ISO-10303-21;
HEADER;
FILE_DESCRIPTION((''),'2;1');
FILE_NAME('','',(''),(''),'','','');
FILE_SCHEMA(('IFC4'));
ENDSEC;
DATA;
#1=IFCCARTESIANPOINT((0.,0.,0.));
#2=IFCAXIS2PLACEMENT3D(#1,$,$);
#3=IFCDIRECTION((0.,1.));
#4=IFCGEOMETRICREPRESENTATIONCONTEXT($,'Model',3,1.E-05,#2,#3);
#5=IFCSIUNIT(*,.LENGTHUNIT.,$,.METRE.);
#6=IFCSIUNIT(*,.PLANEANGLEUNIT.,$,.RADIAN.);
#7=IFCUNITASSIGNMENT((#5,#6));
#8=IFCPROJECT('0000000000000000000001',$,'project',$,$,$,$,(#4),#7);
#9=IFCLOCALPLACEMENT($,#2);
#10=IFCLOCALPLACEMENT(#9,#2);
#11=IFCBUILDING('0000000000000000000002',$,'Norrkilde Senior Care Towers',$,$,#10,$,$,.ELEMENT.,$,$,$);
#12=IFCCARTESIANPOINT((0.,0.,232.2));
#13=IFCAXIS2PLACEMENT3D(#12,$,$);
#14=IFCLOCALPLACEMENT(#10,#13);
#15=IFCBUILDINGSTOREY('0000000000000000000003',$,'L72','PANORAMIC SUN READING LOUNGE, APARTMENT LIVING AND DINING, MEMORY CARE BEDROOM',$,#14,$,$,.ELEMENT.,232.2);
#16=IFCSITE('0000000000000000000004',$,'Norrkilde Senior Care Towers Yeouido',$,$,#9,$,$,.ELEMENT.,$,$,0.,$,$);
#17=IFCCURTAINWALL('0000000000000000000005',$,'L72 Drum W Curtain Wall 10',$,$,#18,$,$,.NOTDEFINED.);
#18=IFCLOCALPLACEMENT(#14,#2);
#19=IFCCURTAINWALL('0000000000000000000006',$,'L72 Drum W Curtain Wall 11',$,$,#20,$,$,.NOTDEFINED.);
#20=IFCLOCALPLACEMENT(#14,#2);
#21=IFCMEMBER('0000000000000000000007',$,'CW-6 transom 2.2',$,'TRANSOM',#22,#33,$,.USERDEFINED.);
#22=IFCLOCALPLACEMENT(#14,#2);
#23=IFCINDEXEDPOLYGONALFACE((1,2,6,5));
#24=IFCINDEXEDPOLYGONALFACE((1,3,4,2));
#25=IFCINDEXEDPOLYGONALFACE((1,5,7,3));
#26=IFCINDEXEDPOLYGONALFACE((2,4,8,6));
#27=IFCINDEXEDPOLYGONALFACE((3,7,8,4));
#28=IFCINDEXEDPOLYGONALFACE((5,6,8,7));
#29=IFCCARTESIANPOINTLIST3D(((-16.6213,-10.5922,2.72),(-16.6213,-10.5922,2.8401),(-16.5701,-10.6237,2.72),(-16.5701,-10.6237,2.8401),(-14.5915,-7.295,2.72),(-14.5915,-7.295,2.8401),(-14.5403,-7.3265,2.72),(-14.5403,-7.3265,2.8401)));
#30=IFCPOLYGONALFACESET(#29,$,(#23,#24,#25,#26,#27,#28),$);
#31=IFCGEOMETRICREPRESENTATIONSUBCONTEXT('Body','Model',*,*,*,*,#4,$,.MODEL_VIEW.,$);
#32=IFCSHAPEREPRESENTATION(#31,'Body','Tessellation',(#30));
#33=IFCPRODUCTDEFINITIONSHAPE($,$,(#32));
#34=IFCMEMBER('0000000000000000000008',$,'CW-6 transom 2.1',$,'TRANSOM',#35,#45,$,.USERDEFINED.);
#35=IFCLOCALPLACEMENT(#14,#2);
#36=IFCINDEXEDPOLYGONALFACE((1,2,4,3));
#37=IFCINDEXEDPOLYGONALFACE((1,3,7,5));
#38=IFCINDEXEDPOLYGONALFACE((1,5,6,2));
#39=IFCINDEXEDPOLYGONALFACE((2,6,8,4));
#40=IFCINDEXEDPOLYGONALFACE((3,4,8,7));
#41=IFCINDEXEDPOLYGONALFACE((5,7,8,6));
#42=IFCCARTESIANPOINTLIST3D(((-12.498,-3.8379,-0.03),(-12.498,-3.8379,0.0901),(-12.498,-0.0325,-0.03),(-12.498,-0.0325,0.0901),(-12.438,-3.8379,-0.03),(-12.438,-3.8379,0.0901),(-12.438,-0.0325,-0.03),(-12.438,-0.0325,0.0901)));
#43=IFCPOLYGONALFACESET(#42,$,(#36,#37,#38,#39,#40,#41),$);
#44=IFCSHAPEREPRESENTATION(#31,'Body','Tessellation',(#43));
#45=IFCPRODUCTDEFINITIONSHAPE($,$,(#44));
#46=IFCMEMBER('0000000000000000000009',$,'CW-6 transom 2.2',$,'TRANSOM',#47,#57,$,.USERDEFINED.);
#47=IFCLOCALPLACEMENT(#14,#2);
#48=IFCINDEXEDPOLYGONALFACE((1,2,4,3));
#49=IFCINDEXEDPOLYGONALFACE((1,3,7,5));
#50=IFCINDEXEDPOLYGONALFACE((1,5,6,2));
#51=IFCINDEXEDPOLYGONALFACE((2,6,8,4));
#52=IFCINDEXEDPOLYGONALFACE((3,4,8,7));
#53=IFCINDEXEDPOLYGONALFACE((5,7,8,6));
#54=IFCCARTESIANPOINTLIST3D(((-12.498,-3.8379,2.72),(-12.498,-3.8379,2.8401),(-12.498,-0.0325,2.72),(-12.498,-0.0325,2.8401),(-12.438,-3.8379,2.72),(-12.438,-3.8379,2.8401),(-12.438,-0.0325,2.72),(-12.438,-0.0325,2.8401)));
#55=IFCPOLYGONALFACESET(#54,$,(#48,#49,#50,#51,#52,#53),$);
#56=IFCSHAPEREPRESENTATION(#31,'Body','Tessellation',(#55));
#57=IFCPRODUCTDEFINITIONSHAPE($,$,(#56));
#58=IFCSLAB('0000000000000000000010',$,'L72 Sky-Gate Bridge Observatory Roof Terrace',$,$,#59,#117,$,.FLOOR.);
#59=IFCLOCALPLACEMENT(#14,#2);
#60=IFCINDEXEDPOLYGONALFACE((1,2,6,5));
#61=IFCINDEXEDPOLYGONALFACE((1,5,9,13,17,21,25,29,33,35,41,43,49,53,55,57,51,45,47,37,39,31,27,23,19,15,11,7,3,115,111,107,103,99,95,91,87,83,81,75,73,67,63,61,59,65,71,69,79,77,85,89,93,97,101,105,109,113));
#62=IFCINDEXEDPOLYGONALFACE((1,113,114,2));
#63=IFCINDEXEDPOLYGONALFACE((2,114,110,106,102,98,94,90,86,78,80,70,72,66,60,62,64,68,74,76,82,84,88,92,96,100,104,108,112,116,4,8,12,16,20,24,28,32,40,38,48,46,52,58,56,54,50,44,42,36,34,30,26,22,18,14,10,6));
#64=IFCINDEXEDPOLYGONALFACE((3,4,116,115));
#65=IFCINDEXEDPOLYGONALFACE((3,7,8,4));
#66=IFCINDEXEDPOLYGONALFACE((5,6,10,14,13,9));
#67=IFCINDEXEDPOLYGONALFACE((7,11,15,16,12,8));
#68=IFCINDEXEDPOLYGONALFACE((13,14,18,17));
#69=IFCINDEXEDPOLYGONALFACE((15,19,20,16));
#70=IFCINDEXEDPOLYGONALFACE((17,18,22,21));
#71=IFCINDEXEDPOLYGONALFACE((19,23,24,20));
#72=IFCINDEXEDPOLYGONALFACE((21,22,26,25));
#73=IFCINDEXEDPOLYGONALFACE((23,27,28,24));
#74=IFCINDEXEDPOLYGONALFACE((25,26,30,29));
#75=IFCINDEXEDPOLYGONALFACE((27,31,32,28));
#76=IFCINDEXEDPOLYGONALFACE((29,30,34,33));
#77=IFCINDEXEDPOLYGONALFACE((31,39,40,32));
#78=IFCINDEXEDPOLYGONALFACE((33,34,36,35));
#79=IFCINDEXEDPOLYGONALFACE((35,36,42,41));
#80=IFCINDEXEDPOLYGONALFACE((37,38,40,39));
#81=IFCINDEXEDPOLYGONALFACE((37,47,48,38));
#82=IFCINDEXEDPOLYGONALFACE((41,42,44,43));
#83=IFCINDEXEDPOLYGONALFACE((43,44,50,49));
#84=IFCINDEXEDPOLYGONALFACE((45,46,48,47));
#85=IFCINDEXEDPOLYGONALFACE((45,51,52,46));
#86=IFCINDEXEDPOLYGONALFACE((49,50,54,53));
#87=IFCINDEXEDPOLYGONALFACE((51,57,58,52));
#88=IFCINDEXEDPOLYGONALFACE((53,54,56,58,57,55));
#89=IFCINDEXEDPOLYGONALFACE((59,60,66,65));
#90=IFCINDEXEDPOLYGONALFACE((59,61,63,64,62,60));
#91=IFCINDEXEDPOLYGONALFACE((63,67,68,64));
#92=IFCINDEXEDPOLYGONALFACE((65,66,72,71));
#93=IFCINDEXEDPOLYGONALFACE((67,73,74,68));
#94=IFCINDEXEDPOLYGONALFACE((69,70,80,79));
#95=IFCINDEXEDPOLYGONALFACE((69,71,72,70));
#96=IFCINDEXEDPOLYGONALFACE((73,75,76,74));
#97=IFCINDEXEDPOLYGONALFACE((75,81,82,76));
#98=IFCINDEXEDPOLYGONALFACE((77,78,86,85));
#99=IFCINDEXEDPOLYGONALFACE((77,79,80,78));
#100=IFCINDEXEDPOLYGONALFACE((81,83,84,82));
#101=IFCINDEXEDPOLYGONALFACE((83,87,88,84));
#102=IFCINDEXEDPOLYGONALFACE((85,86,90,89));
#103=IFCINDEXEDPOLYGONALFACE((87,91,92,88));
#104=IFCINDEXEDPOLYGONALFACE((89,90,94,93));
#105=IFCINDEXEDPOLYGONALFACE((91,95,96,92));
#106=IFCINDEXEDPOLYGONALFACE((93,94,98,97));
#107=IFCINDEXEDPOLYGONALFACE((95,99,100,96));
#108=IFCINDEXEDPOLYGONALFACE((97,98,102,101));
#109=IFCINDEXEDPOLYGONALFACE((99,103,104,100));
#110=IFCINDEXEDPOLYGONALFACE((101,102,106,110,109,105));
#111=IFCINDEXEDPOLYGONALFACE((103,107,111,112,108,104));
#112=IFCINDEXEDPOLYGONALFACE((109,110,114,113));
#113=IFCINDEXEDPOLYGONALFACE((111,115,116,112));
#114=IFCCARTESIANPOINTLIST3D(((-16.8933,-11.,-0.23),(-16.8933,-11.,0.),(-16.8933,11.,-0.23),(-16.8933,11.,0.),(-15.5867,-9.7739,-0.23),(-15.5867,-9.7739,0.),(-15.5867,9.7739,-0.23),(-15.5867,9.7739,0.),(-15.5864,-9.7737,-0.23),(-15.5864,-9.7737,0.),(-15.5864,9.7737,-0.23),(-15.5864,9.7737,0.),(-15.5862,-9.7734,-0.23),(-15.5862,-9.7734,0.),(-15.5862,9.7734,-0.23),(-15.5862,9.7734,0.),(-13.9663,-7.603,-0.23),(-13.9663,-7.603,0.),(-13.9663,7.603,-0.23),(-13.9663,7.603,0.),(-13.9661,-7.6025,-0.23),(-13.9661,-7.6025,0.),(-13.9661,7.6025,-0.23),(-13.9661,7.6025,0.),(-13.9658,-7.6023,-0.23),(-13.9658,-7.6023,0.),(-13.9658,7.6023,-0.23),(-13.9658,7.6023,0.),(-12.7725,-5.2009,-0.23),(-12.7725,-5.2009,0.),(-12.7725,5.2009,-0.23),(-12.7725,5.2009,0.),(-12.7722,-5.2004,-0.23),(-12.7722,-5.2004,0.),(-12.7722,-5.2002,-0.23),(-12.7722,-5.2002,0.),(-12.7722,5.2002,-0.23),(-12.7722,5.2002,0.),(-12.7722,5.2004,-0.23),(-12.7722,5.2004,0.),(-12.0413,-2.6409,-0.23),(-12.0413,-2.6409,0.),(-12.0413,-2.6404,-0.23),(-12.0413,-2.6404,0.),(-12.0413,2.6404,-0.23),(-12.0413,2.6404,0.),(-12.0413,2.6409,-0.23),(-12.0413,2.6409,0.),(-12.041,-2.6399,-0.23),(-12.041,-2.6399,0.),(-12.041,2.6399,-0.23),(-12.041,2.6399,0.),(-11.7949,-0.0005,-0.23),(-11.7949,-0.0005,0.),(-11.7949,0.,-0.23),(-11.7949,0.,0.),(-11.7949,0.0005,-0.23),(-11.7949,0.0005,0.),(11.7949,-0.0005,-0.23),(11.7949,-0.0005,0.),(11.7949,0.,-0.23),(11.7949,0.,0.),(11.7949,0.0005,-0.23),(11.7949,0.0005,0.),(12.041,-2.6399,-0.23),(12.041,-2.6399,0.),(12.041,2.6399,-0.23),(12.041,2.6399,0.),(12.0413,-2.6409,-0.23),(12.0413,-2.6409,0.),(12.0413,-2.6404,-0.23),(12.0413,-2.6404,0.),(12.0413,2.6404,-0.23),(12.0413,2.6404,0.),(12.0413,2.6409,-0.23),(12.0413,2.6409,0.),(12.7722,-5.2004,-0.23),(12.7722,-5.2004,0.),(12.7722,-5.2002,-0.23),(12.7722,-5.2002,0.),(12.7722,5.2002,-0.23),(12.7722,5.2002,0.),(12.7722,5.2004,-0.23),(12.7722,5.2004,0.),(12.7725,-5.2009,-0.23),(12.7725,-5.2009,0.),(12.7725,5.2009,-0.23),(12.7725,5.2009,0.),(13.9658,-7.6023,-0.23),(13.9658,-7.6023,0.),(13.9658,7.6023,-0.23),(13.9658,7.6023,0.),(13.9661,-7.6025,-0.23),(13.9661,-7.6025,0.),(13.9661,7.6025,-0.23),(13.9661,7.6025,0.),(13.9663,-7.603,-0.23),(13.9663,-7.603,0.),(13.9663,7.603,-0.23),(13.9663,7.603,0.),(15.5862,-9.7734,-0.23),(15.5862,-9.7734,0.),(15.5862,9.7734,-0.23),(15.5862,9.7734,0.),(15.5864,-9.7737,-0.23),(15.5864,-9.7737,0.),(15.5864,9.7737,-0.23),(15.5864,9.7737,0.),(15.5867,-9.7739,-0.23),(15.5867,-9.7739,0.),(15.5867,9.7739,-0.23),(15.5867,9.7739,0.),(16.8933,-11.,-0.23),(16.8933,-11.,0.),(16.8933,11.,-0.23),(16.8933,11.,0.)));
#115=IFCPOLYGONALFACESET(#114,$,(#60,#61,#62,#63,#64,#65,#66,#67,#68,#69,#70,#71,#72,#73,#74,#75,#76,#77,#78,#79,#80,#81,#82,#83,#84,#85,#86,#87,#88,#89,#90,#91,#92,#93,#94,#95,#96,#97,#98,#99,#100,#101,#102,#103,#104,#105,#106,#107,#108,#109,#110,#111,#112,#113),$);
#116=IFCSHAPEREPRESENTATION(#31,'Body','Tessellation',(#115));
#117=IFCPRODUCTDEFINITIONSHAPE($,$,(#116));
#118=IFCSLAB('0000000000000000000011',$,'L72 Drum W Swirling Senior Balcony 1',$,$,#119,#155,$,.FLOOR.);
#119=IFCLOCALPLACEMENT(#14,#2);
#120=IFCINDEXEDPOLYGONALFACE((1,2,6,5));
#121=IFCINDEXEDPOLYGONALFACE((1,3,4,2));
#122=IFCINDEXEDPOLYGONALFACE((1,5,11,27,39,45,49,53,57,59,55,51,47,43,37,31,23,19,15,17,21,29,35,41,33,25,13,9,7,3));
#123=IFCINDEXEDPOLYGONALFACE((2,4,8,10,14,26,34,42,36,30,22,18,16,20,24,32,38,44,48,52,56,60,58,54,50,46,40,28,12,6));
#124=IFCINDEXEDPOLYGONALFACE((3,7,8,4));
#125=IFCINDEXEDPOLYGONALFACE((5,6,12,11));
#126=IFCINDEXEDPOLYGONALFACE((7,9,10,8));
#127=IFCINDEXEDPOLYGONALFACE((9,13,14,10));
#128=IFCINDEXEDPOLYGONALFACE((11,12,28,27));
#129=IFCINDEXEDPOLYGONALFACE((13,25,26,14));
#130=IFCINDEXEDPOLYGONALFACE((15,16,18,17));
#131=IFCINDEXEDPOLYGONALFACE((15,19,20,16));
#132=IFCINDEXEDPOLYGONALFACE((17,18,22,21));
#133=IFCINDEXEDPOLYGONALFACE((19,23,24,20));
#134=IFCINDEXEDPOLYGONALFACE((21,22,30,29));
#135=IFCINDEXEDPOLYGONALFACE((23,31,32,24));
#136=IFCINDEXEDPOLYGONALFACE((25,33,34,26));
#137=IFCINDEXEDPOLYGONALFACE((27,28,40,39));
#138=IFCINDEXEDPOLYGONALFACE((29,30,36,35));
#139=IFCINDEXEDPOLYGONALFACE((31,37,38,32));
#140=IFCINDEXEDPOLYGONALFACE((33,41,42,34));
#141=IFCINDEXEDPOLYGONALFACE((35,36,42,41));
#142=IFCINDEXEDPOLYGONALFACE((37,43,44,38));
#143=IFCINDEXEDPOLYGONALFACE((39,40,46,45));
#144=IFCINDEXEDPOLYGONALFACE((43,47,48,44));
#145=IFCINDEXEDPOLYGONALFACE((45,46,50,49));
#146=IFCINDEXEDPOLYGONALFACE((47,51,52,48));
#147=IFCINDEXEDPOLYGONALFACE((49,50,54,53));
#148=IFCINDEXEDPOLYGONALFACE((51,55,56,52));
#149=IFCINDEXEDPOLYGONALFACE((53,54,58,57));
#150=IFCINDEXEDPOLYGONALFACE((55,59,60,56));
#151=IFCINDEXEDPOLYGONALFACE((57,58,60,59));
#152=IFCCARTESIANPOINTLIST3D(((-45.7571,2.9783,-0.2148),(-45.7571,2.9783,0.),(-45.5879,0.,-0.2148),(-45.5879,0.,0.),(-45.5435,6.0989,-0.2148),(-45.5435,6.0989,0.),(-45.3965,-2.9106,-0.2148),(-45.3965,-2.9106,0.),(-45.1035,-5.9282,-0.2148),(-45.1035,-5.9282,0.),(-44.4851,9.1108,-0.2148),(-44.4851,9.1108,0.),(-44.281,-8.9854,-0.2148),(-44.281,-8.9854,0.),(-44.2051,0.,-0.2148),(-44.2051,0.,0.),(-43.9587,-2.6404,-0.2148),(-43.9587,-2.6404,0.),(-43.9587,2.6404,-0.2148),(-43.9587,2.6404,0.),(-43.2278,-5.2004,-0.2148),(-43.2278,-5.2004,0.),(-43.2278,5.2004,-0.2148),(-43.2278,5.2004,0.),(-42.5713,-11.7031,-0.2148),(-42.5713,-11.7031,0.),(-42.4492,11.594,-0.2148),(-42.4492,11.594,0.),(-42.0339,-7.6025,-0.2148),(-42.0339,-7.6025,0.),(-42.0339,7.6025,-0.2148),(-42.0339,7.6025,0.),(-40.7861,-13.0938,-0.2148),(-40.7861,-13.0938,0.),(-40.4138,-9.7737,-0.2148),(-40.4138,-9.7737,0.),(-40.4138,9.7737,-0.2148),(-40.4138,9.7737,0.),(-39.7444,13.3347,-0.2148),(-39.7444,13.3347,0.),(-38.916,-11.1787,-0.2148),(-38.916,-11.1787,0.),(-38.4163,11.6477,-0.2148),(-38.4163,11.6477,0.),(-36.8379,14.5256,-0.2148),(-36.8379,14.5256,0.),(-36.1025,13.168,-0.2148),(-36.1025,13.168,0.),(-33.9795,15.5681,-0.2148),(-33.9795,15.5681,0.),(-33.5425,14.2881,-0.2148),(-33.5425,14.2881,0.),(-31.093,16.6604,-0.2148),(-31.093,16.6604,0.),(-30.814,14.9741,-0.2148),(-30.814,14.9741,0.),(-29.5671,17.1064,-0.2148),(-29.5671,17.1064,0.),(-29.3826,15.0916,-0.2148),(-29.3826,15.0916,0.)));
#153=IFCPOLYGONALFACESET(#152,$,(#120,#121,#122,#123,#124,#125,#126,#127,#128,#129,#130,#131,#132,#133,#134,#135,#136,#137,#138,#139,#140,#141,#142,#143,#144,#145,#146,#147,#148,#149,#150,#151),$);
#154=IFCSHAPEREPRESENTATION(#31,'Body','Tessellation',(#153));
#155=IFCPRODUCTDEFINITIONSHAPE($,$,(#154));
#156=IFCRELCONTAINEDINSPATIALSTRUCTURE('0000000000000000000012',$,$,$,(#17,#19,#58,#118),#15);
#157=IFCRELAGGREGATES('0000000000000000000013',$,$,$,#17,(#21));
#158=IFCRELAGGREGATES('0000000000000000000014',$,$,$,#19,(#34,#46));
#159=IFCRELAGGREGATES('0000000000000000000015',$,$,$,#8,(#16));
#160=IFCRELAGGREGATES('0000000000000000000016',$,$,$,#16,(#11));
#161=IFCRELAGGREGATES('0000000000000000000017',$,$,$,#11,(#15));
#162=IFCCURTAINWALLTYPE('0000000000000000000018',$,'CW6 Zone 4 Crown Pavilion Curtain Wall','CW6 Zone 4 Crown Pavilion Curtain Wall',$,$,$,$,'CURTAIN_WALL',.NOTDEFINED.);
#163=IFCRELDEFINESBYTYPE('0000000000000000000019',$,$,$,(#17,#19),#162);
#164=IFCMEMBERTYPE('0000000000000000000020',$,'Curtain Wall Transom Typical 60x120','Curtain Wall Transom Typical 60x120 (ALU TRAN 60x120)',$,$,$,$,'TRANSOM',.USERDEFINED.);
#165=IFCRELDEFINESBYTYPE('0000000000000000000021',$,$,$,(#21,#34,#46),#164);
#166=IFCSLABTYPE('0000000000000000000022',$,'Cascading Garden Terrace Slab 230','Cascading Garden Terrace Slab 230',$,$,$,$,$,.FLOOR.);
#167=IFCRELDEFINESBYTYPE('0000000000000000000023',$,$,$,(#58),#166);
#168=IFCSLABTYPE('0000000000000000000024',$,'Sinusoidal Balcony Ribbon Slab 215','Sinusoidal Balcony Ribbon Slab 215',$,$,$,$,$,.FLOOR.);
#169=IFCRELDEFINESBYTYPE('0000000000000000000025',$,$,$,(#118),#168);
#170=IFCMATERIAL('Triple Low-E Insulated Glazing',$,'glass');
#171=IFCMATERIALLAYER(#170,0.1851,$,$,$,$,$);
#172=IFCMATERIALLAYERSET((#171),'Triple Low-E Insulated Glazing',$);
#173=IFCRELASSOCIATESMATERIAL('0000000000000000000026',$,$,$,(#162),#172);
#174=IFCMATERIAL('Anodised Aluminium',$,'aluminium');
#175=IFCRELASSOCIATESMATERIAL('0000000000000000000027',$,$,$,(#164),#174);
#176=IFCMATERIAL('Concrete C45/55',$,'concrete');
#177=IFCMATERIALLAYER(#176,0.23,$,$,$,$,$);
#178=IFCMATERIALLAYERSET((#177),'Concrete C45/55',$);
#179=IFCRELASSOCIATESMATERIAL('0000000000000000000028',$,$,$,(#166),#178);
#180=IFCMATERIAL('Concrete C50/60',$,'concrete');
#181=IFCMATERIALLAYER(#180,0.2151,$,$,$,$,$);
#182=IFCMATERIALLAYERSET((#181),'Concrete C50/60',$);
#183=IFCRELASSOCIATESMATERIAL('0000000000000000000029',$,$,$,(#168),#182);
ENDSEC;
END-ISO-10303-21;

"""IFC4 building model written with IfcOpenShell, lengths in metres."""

from ifc_helpers import new_model, si_unit, direction, frame, origin, origin_2d, place, context, subcontext, project, spatial, polyline, rectangle, outline, extrude, source, transform, mapped, material, layer, layer_set, material_profile, profile_set, type_object, type_shapes, element, aggregate, save


model = new_model("IFC4")

# Units and contexts
model_context = context("Model", 3, precision=1e-05, world=origin(), true_north=direction((0.0, 1.0)))
body_context = subcontext(model_context, "Body", "Model", "MODEL_VIEW")
ifc_project = project(units=[si_unit("LENGTHUNIT", "METRE"), si_unit("PLANEANGLEUNIT", "RADIAN")], contexts=[model_context])

# Site, building, storey
site_placement = place(None, origin())
site = spatial("IfcSite", under=ifc_project, at=site_placement, Name="Norrkilde Senior Care Towers Yeouido", CompositionType="ELEMENT", RefElevation=0.0)
building_placement = place(site_placement, origin())
building = spatial("IfcBuilding", under=site, at=building_placement, Name="Norrkilde Senior Care Towers", CompositionType="ELEMENT")
storey_placement = place(building_placement, frame((0.0, 0.0, 232.2)))
storey = spatial("IfcBuildingStorey", under=building, at=storey_placement, Name="L72", Description="PANORAMIC SUN READING LOUNGE, APARTMENT LIVING AND DINING, MEMORY CARE BEDROOM", CompositionType="ELEMENT", Elevation=232.2)

# Shared definitions
ifc_material_1 = material(Name="Concrete C50/60", Category="concrete")

# Curtain walls
ifc_material_2 = material(Name="Triple Low-E Insulated Glazing", Category="glass")
ifc_layer_1 = layer(ifc_material_2, 0.1851)
ifc_layer_set_1 = layer_set([ifc_layer_1], Name="Triple Low-E Insulated Glazing")
curtain_wall_type = type_object("IfcCurtainWallType", Name="CW6 Zone 4 Crown Pavilion Curtain Wall", Description="CW6 Zone 4 Crown Pavilion Curtain Wall", ElementType="CURTAIN_WALL", PredefinedType="NOTDEFINED", material=ifc_layer_set_1)
curtain_wall_1_placement = place(storey_placement, origin())
curtain_wall_1 = element("IfcCurtainWall", 1, at=curtain_wall_1_placement, inside=storey, type_object=curtain_wall_type, Name="L72 Drum W Curtain Wall 10", PredefinedType="NOTDEFINED")
ifc_material_3 = material(Name="Anodised Aluminium", Category="aluminium")
curtain_wall_2_placement = place(storey_placement, origin())
curtain_wall_2 = element("IfcCurtainWall", 2, at=curtain_wall_2_placement, inside=storey, type_object=curtain_wall_type, Name="L72 Drum W Curtain Wall 11", PredefinedType="NOTDEFINED")

# Members
ifc_material_profile_1 = material_profile(ifc_material_3, rectangle(XDim=0.0601, YDim=0.1201, at=origin_2d()), Name="ALU TRAN 60x120")
ifc_profile_set_1 = profile_set([ifc_material_profile_1], Name="Anodised Aluminium")
member_type_1 = type_object("IfcMemberType", Name="Curtain Wall Transom Typical 60x120", Description="Curtain Wall Transom Typical 60x120 (ALU TRAN 60x120)", ElementType="TRANSOM", PredefinedType="USERDEFINED", material=ifc_profile_set_1)
shared_shape_1 = source(origin(), body_context, "Body", "SweptSolid", [
    extrude(rectangle(XDim=0.0601, YDim=0.1201, at=origin_2d()), origin(), (0.0, 0.0, 1.0), 3.8718),
])
member_1_placement = place(storey_placement, frame((-14.5659, -7.3108, 2.78), z_axis=(-0.524245, -0.851567, 0.0), x_axis=(0.851567, -0.524245, 0.0)))
member_1 = element("IfcMember", 3, at=member_1_placement, type_object=member_type_1, Name="CW-6 transom 2.2", ObjectType="TRANSOM", PredefinedType="USERDEFINED", context=body_context, shape_type="MappedRepresentation", body=[
    mapped(shared_shape_1, transform((0.0, 0.0, 0.0), x_axis=(1.0, 0.0, 0.0), y_axis=(0.0, 1.0, 0.0), z_axis=(0.0, 0.0, 1.0), scale=1.0)),
])
shared_shape_2 = source(origin(), body_context, "Body", "SweptSolid", [
    extrude(rectangle(XDim=0.0601, YDim=0.1201, at=origin_2d()), origin(), (0.0, 0.0, 1.0), 3.8054),
])
type_shapes(member_type_1, [shared_shape_1, shared_shape_2])
member_2_placement = place(storey_placement, frame((-12.468, -0.0325, 0.03), z_axis=(0.0, -1.0, 0.0), x_axis=(1.0, 0.0, 0.0)))
member_2 = element("IfcMember", 4, at=member_2_placement, type_object=member_type_1, Name="CW-6 transom 2.1", ObjectType="TRANSOM", PredefinedType="USERDEFINED", context=body_context, shape_type="MappedRepresentation", body=[
    mapped(shared_shape_2, transform((0.0, 0.0, 0.0), x_axis=(1.0, 0.0, 0.0), y_axis=(0.0, 1.0, 0.0), z_axis=(0.0, 0.0, 1.0), scale=1.0)),
])
member_3_placement = place(storey_placement, frame((-12.468, -0.0325, 2.78), z_axis=(0.0, -1.0, 0.0), x_axis=(1.0, 0.0, 0.0)))
member_3 = element("IfcMember", 5, at=member_3_placement, type_object=member_type_1, Name="CW-6 transom 2.2", ObjectType="TRANSOM", PredefinedType="USERDEFINED", context=body_context, shape_type="MappedRepresentation", body=[
    mapped(shared_shape_2, transform((0.0, 0.0, 0.0), x_axis=(1.0, 0.0, 0.0), y_axis=(0.0, 1.0, 0.0), z_axis=(0.0, 0.0, 1.0), scale=1.0)),
])

# Slabs
ifc_material_4 = material(Name="Concrete C45/55", Category="concrete")
ifc_layer_2 = layer(ifc_material_4, 0.23)
ifc_layer_set_2 = layer_set([ifc_layer_2], Name="Concrete C45/55")
slab_type_1 = type_object("IfcSlabType", Name="Cascading Garden Terrace Slab 230", Description="Cascading Garden Terrace Slab 230", PredefinedType="FLOOR", material=ifc_layer_set_2)
slab_1_placement = place(storey_placement, frame((0.0, 0.0, -0.23)))
element("IfcSlab", 6, at=slab_1_placement, inside=storey, type_object=slab_type_1, Name="L72 Sky-Gate Bridge Observatory Roof Terrace", PredefinedType="FLOOR", context=body_context, shape_type="SweptSolid", body=[
    extrude(outline(polyline([(16.8933, 11.0), (15.5867, 9.7739), (15.5864, 9.7737), (15.5862, 9.7734), (13.9663, 7.603), (13.9661, 7.6025), (13.9658, 7.6023), (12.7725, 5.2009), (12.7722, 5.2004), (12.7722, 5.2002), (12.0413, 2.6409), (12.0413, 2.6404), (12.041, 2.6399), (11.7949, 0.0005), (11.7949, 0.0), (11.7949, -0.0005), (12.041, -2.6399), (12.0413, -2.6404), (12.0413, -2.6409), (12.7722, -5.2002), (12.7722, -5.2004), (12.7725, -5.2009), (13.9658, -7.6023), (13.9661, -7.6025), (13.9663, -7.603), (15.5862, -9.7734), (15.5864, -9.7737), (15.5867, -9.7739), (16.8933, -11.0), (-16.8933, -11.0), (-15.5867, -9.7739), (-15.5864, -9.7737), (-15.5862, -9.7734), (-13.9663, -7.603), (-13.9661, -7.6025), (-13.9658, -7.6023), (-12.7725, -5.2009), (-12.7722, -5.2004), (-12.7722, -5.2002), (-12.0413, -2.6409), (-12.0413, -2.6404), (-12.041, -2.6399), (-11.7949, -0.0005), (-11.7949, 0.0), (-11.7949, 0.0005), (-12.041, 2.6399), (-12.0413, 2.6404), (-12.0413, 2.6409), (-12.7722, 5.2002), (-12.7722, 5.2004), (-12.7725, 5.2009), (-13.9658, 7.6023), (-13.9661, 7.6025), (-13.9663, 7.603), (-15.5862, 9.7734), (-15.5864, 9.7737), (-15.5867, 9.7739), (-16.8933, 11.0), (16.8933, 11.0)])), origin(), (0.0, 0.0, 1.0), 0.23),
])
ifc_layer_3 = layer(ifc_material_1, 0.2151)
ifc_layer_set_3 = layer_set([ifc_layer_3], Name="Concrete C50/60")
slab_type_2 = type_object("IfcSlabType", Name="Sinusoidal Balcony Ribbon Slab 215", Description="Sinusoidal Balcony Ribbon Slab 215", PredefinedType="FLOOR", material=ifc_layer_set_3)
slab_2_placement = place(storey_placement, frame((0.0, 0.0, -0.2148)))
element("IfcSlab", 7, at=slab_2_placement, inside=storey, type_object=slab_type_2, Name="L72 Drum W Swirling Senior Balcony 1", PredefinedType="FLOOR", context=body_context, shape_type="SweptSolid", body=[
    extrude(outline(polyline([(-45.1035, -5.9282), (-45.3965, -2.9106), (-45.5879, 0.0), (-45.7571, 2.9783), (-45.5435, 6.0989), (-44.4851, 9.1108), (-42.4492, 11.594), (-39.7444, 13.3347), (-36.8379, 14.5256), (-33.9795, 15.5681), (-31.093, 16.6604), (-29.5671, 17.1064), (-29.3826, 15.0916), (-30.814, 14.9741), (-33.5425, 14.2881), (-36.1025, 13.168), (-38.4163, 11.6477), (-40.4138, 9.7737), (-42.0339, 7.6025), (-43.2278, 5.2004), (-43.9587, 2.6404), (-44.2051, 0.0), (-43.9587, -2.6404), (-43.2278, -5.2004), (-42.0339, -7.6025), (-40.4138, -9.7737), (-38.916, -11.1787), (-40.7861, -13.0938), (-42.5713, -11.7031), (-44.281, -8.9854), (-45.1035, -5.9282)])), origin(), (0.0, 0.0, 1.0), 0.2148),
])

aggregate(curtain_wall_1, [member_1])
aggregate(curtain_wall_2, [member_2, member_3])

save(model, "model.ifc")
